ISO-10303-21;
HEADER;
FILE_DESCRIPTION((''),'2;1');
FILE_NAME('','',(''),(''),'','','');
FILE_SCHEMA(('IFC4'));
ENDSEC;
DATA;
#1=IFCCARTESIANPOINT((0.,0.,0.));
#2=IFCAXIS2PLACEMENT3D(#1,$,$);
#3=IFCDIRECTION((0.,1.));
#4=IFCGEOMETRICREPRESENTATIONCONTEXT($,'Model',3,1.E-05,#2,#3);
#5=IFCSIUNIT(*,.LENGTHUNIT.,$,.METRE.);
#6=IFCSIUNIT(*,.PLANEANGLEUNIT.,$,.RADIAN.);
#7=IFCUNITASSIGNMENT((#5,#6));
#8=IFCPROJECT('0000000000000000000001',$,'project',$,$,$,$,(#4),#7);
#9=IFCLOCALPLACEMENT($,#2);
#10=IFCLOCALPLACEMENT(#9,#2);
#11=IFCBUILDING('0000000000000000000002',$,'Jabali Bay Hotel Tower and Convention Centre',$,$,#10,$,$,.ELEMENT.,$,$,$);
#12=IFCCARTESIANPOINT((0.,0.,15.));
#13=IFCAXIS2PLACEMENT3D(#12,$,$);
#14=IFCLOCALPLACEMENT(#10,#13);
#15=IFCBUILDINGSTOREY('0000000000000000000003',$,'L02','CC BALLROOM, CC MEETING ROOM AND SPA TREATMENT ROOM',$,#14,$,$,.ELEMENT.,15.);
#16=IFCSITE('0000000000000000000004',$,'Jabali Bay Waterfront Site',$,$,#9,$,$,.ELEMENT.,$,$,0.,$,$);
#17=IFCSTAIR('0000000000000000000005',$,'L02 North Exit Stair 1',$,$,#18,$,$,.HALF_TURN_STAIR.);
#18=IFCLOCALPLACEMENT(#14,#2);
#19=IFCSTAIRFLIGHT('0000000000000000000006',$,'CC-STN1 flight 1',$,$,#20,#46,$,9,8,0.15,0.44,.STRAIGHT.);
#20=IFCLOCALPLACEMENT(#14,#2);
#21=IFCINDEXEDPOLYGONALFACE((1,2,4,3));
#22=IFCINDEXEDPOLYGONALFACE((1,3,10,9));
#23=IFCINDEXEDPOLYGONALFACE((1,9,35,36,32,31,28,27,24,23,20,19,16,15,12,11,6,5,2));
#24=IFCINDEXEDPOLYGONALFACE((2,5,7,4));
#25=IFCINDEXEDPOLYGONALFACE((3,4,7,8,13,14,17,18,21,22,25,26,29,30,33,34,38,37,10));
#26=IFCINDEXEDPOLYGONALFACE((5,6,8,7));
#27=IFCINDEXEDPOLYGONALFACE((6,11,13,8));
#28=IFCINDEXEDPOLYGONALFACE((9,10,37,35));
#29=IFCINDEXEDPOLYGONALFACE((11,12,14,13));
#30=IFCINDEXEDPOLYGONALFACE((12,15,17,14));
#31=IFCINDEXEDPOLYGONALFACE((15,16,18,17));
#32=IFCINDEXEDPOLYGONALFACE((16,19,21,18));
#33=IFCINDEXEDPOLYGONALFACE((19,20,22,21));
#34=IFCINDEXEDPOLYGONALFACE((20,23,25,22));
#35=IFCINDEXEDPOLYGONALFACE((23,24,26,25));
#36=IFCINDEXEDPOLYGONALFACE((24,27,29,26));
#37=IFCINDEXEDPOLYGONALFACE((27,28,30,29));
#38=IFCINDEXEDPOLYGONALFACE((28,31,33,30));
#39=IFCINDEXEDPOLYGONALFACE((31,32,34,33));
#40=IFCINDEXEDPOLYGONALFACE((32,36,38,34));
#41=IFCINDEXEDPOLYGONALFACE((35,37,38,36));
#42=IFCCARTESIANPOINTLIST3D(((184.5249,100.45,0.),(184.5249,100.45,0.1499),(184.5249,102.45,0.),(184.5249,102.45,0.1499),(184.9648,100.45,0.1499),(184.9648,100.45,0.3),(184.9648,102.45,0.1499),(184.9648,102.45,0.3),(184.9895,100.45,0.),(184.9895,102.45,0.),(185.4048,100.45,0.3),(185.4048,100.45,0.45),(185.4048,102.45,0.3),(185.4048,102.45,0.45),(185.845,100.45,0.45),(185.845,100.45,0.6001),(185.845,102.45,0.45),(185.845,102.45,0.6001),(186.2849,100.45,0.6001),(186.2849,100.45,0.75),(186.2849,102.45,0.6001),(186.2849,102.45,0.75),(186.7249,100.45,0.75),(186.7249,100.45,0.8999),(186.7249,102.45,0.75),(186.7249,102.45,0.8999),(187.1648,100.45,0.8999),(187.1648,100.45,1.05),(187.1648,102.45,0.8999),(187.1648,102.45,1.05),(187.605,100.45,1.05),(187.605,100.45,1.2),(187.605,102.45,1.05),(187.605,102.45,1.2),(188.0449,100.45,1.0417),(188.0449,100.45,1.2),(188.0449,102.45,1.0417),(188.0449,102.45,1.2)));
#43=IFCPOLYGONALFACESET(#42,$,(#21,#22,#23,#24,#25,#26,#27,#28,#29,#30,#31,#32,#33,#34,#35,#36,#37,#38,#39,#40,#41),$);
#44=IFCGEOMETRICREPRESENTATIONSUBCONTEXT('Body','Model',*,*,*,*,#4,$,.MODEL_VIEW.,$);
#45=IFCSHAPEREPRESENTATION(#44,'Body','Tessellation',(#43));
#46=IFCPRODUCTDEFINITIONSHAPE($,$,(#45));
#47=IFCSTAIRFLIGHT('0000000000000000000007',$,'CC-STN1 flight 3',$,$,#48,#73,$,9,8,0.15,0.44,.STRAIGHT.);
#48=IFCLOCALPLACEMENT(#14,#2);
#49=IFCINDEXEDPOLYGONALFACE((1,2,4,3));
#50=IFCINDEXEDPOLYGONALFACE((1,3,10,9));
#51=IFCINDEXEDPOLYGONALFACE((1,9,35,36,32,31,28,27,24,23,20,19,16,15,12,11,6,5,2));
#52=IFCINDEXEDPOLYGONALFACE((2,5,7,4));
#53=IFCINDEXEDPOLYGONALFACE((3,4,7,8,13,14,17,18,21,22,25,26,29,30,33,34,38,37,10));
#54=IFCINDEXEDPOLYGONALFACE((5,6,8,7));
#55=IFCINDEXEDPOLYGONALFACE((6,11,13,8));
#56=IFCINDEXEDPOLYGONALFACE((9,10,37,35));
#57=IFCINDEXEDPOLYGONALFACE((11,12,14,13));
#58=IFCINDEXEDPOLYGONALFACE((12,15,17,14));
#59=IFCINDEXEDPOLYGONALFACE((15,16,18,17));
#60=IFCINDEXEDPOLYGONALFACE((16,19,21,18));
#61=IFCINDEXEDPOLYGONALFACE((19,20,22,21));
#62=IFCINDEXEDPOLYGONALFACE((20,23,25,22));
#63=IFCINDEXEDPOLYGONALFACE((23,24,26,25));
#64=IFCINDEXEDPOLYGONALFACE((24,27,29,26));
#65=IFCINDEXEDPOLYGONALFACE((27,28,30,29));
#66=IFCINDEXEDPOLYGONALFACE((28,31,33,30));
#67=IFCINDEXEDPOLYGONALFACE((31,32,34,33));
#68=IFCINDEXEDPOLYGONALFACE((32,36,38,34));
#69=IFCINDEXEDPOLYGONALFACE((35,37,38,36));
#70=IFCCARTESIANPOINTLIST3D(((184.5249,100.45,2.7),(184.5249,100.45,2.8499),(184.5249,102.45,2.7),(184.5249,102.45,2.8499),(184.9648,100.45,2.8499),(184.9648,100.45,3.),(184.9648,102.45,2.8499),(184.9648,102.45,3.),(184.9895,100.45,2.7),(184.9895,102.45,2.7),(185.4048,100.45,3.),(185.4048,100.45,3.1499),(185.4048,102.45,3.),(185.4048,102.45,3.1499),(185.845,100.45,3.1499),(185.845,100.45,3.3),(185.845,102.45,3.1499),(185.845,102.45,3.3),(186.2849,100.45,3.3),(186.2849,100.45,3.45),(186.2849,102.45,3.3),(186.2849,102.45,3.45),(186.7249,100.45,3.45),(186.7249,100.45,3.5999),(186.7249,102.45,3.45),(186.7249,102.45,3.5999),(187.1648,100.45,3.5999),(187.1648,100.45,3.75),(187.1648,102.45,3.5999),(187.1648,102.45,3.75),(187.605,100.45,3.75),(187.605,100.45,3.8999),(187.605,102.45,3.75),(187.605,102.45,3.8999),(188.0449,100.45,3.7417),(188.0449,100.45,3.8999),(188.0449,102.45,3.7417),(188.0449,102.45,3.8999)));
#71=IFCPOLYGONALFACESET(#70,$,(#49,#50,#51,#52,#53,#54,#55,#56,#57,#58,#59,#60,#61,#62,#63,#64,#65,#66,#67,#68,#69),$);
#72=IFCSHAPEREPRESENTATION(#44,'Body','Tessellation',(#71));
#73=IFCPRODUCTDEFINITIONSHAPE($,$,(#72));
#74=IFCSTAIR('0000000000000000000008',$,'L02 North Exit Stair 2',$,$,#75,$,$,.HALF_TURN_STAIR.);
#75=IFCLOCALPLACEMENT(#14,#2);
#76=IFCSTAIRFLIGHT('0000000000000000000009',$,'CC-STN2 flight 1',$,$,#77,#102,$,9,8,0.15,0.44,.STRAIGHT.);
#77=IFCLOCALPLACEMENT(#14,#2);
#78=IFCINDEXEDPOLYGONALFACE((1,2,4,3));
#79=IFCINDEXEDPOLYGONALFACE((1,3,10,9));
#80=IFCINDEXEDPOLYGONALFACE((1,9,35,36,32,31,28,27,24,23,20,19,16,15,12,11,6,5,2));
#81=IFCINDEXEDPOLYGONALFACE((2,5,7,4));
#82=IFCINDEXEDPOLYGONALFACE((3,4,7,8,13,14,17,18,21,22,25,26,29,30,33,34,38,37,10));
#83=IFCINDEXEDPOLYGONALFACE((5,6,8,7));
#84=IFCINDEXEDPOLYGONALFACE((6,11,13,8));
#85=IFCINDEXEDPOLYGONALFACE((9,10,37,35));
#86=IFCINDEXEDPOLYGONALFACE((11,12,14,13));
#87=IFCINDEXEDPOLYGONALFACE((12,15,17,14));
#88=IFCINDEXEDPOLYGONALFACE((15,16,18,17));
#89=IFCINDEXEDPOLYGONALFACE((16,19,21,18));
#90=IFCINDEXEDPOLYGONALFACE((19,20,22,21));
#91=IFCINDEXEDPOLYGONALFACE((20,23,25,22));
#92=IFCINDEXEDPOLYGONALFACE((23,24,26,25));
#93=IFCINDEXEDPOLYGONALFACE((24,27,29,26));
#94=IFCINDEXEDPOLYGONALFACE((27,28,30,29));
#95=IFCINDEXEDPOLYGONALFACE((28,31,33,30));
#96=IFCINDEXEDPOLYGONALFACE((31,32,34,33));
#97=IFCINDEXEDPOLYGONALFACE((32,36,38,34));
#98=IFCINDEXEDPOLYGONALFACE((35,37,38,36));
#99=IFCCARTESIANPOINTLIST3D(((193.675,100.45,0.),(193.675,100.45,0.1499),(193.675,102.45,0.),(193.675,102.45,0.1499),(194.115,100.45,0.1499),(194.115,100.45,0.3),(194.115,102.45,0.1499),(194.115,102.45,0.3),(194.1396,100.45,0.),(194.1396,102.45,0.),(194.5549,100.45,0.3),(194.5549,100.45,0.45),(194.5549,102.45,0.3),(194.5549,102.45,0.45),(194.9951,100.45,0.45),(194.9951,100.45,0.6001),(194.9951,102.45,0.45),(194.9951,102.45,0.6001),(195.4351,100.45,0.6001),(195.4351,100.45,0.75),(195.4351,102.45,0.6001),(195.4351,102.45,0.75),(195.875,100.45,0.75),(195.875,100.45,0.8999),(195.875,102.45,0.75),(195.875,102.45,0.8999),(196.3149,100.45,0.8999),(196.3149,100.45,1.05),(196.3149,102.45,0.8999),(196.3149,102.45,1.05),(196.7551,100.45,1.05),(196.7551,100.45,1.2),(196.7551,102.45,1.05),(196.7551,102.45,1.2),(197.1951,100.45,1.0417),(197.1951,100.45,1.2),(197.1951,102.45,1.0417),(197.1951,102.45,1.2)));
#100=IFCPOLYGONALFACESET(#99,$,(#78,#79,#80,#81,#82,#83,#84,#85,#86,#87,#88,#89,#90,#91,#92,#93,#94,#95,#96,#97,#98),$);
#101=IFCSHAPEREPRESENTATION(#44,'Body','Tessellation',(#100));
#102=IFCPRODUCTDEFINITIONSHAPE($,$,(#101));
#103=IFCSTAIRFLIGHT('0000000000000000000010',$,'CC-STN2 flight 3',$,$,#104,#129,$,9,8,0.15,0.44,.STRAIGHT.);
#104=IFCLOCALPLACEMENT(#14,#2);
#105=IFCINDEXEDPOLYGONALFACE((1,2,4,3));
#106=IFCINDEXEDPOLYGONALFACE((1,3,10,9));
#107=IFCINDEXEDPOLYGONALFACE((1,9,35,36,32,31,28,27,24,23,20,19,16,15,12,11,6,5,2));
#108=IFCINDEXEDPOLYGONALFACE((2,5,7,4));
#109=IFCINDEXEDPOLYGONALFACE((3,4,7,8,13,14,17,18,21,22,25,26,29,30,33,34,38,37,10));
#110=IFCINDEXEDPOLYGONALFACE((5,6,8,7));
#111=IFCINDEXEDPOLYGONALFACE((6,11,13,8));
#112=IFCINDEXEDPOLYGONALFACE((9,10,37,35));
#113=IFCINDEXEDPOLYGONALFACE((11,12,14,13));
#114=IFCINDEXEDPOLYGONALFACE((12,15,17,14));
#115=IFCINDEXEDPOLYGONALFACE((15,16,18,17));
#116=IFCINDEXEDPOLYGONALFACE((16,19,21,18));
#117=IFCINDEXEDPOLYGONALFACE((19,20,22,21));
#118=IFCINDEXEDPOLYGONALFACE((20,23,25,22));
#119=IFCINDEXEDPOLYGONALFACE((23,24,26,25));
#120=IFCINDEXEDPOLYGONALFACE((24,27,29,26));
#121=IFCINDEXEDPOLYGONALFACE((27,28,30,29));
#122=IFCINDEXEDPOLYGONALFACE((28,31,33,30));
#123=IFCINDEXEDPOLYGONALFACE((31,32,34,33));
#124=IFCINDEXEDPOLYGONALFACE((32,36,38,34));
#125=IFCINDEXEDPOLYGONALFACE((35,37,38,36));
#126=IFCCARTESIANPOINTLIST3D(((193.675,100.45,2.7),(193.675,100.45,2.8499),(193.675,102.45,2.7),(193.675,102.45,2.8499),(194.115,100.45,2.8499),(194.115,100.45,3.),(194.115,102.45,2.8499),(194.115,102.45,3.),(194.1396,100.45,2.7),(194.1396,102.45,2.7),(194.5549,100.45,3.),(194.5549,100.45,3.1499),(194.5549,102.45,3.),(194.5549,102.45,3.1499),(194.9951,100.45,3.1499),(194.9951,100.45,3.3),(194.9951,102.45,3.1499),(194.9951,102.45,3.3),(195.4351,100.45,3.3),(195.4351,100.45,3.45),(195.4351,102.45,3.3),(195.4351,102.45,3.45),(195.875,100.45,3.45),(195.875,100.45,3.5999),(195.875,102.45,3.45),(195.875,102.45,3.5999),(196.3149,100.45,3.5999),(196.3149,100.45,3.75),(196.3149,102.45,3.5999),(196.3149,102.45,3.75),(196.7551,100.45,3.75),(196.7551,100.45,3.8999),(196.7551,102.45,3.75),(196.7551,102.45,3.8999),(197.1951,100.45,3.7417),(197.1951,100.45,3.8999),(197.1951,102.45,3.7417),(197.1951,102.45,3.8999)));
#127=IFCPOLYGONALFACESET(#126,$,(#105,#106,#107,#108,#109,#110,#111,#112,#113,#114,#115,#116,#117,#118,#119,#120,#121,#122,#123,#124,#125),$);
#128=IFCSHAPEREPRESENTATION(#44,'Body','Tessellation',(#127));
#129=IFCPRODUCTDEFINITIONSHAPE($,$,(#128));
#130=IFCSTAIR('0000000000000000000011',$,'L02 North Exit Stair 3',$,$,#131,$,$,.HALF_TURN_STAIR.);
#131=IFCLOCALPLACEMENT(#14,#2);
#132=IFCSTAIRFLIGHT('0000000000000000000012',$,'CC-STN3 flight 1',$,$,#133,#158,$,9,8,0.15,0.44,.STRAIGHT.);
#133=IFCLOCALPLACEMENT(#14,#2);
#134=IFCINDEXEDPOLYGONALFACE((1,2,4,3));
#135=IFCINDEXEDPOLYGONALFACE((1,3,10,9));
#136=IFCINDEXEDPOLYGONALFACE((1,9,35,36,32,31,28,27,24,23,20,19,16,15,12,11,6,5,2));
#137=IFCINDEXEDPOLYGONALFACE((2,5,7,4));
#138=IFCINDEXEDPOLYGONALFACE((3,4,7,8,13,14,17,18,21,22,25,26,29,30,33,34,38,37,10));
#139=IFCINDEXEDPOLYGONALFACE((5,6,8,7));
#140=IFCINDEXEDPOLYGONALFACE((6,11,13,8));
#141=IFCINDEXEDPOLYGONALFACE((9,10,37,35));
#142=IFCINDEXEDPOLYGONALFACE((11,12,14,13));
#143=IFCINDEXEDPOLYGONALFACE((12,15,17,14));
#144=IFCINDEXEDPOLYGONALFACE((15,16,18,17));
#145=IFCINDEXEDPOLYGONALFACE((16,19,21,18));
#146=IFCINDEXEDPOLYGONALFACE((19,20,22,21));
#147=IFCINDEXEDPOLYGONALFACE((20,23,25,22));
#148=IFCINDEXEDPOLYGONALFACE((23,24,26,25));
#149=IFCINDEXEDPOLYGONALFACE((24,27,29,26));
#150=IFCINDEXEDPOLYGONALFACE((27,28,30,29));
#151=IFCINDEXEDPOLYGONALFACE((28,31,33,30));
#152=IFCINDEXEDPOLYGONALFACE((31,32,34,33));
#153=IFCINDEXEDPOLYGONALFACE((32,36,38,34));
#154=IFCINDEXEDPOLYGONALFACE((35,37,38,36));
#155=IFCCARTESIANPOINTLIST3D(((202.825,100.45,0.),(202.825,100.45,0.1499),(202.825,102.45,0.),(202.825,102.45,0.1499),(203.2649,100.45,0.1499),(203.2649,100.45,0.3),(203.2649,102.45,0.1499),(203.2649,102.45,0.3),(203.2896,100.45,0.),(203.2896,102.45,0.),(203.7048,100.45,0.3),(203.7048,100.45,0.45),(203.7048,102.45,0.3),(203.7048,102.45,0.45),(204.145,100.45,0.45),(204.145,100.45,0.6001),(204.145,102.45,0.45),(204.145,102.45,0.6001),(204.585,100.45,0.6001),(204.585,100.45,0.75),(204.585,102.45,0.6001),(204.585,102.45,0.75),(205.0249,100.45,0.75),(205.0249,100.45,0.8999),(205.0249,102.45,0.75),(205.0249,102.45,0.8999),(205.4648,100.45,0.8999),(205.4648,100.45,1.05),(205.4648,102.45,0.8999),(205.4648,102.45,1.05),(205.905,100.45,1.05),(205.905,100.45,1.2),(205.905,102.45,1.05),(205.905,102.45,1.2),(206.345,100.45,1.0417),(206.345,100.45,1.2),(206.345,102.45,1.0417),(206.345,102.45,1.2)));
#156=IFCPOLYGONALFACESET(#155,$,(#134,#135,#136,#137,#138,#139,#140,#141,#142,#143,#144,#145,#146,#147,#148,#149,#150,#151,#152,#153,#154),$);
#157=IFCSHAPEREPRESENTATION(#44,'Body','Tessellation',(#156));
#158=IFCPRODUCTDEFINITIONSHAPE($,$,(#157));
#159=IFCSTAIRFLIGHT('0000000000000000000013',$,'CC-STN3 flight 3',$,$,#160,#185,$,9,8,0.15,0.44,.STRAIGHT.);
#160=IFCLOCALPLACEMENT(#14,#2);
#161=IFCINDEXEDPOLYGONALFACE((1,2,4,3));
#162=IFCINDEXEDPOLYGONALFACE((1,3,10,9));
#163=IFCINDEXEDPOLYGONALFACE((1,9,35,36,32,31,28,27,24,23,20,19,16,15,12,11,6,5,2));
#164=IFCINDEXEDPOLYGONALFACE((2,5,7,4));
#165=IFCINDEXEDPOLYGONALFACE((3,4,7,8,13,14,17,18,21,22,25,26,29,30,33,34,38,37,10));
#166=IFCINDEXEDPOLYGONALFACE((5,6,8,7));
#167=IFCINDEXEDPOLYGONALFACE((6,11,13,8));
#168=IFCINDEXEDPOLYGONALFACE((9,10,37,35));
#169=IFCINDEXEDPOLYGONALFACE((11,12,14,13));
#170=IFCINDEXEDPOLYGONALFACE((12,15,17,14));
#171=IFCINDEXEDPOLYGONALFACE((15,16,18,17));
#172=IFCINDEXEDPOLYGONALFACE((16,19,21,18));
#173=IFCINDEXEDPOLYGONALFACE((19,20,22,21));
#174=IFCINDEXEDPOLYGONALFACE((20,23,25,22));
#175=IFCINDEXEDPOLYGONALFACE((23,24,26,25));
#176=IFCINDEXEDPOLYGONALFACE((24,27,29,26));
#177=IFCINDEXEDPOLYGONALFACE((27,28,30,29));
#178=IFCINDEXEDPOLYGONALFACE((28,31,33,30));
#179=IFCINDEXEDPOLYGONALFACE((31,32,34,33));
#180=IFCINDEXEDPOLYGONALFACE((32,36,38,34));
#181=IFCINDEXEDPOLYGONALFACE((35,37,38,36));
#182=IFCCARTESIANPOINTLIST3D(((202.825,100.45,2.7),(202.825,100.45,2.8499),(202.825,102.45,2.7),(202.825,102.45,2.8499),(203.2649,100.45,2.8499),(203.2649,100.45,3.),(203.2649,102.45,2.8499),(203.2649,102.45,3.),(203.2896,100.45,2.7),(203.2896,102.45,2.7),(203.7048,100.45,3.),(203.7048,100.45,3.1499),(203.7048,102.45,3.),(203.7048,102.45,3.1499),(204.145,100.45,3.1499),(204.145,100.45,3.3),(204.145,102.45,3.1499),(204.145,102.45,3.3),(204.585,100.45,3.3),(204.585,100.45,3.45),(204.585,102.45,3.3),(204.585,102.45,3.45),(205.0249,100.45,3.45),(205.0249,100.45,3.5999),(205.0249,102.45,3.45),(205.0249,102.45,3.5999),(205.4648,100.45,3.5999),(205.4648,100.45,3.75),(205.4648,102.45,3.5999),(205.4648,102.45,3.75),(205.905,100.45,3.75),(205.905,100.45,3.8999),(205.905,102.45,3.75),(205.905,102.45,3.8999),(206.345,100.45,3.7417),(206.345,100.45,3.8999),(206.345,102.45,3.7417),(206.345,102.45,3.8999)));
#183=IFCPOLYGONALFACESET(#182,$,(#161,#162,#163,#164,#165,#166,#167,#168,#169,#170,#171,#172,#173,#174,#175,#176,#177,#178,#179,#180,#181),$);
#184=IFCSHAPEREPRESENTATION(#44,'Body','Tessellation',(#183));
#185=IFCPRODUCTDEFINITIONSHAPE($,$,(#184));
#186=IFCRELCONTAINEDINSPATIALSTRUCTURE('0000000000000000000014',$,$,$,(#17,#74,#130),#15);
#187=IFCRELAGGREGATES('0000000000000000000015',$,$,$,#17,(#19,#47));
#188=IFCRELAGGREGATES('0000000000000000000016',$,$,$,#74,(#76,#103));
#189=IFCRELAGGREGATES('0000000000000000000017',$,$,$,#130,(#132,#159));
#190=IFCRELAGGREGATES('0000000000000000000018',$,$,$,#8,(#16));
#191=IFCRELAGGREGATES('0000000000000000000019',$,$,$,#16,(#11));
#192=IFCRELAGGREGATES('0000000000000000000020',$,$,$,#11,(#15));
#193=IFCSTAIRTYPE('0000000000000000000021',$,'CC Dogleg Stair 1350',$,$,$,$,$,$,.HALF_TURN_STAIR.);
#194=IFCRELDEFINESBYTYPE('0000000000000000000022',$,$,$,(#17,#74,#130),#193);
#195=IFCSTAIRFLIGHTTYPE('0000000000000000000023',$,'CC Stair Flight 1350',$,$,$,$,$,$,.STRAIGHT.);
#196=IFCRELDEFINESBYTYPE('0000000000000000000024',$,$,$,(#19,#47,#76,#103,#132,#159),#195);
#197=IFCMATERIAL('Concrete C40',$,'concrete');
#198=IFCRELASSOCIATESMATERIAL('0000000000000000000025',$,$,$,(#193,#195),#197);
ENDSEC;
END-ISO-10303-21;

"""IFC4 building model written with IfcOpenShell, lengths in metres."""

from ifc_helpers import new_model, si_unit, direction, frame, origin, place, context, subcontext, project, spatial, polyline, outline, extrude, material, type_object, element, aggregate, save


model = new_model("IFC4")

# Units and contexts
model_context = context("Model", 3, precision=1e-05, world=origin(), true_north=direction((0.0, 1.0)))
body_context = subcontext(model_context, "Body", "Model", "MODEL_VIEW")
ifc_project = project(units=[si_unit("LENGTHUNIT", "METRE"), si_unit("PLANEANGLEUNIT", "RADIAN")], contexts=[model_context])

# Site, building, storey
site_placement = place(None, origin())
site = spatial("IfcSite", under=ifc_project, at=site_placement, Name="Jabali Bay Waterfront Site", CompositionType="ELEMENT", RefElevation=0.0)
building_placement = place(site_placement, origin())
building = spatial("IfcBuilding", under=site, at=building_placement, Name="Jabali Bay Hotel Tower and Convention Centre", CompositionType="ELEMENT")
storey_placement = place(building_placement, frame((0.0, 0.0, 15.0)))
storey = spatial("IfcBuildingStorey", under=building, at=storey_placement, Name="L02", Description="CC BALLROOM, CC MEETING ROOM AND SPA TREATMENT ROOM", CompositionType="ELEMENT", Elevation=15.0)

# Shared definitions
ifc_material_1 = material(Name="Concrete C40", Category="concrete")

# Stairs, stair flights
stair_type = type_object("IfcStairType", Name="CC Dogleg Stair 1350", PredefinedType="HALF_TURN_STAIR", material=ifc_material_1)
stair_1_placement = place(storey_placement, origin())
stair_1 = element("IfcStair", 1, at=stair_1_placement, inside=storey, type_object=stair_type, Name="L02 North Exit Stair 1", PredefinedType="HALF_TURN_STAIR")
stair_flight_type = type_object("IfcStairFlightType", Name="CC Stair Flight 1350", PredefinedType="STRAIGHT", material=ifc_material_1)
stair_flight_1_placement = place(storey_placement, frame((184.5249, 101.45, 0.0), z_axis=(0.0, 0.0, 1.0), x_axis=(1.0, 0.0, 0.0)))
stair_flight_1 = element("IfcStairFlight", 2, at=stair_flight_1_placement, type_object=stair_flight_type, Name="CC-STN1 flight 1", NumberOfRisers=9, NumberOfTreads=8, PredefinedType="STRAIGHT", RiserHeight=0.15, TreadLength=0.44, context=body_context, shape_type="SweptSolid", body=[
    extrude(outline(polyline([(0.0, 0.0), (0.0, 0.1499), (0.4399, 0.1499), (0.4399, 0.3), (0.8799, 0.3), (0.8799, 0.45), (1.3201, 0.45), (1.3201, 0.6001), (1.76, 0.6001), (1.76, 0.75), (2.2, 0.75), (2.2, 0.8999), (2.6399, 0.8999), (2.6399, 1.05), (3.0801, 1.05), (3.0801, 1.2), (3.52, 1.2), (3.52, 1.3501), (3.52, 1.0417), (0.4646, 0.0), (0.0, 0.0)])), frame((0.0, 1.0, 0.0), z_axis=(0.0, -1.0, 0.0), x_axis=(1.0, 0.0, 0.0)), (0.0, 0.0, 1.0), 2.0),
])
stair_flight_2_placement = place(storey_placement, frame((184.5249, 101.45, 2.7), z_axis=(0.0, 0.0, 1.0), x_axis=(1.0, 0.0, 0.0)))
stair_flight_2 = element("IfcStairFlight", 3, at=stair_flight_2_placement, type_object=stair_flight_type, Name="CC-STN1 flight 3", NumberOfRisers=9, NumberOfTreads=8, PredefinedType="STRAIGHT", RiserHeight=0.15, TreadLength=0.44, context=body_context, shape_type="SweptSolid", body=[
    extrude(outline(polyline([(0.0, 0.0), (0.0, 0.1499), (0.4399, 0.1499), (0.4399, 0.3), (0.8799, 0.3), (0.8799, 0.45), (1.3201, 0.45), (1.3201, 0.6001), (1.76, 0.6001), (1.76, 0.75), (2.2, 0.75), (2.2, 0.8999), (2.6399, 0.8999), (2.6399, 1.05), (3.0801, 1.05), (3.0801, 1.2), (3.52, 1.2), (3.52, 1.3501), (3.52, 1.0417), (0.4646, 0.0), (0.0, 0.0)])), frame((0.0, 1.0, 0.0), z_axis=(0.0, -1.0, 0.0), x_axis=(1.0, 0.0, 0.0)), (0.0, 0.0, 1.0), 2.0),
])
aggregate(stair_1, [stair_flight_1, stair_flight_2])
stair_2_placement = place(storey_placement, origin())
stair_2 = element("IfcStair", 4, at=stair_2_placement, inside=storey, type_object=stair_type, Name="L02 North Exit Stair 2", PredefinedType="HALF_TURN_STAIR")
stair_flight_3_placement = place(storey_placement, frame((193.675, 101.45, 0.0), z_axis=(0.0, 0.0, 1.0), x_axis=(1.0, 0.0, 0.0)))
stair_flight_3 = element("IfcStairFlight", 5, at=stair_flight_3_placement, type_object=stair_flight_type, Name="CC-STN2 flight 1", NumberOfRisers=9, NumberOfTreads=8, PredefinedType="STRAIGHT", RiserHeight=0.15, TreadLength=0.44, context=body_context, shape_type="SweptSolid", body=[
    extrude(outline(polyline([(0.0, 0.0), (0.0, 0.1499), (0.4399, 0.1499), (0.4399, 0.3), (0.8799, 0.3), (0.8799, 0.45), (1.3201, 0.45), (1.3201, 0.6001), (1.76, 0.6001), (1.76, 0.75), (2.2, 0.75), (2.2, 0.8999), (2.6399, 0.8999), (2.6399, 1.05), (3.0801, 1.05), (3.0801, 1.2), (3.52, 1.2), (3.52, 1.3501), (3.52, 1.0417), (0.4646, 0.0), (0.0, 0.0)])), frame((0.0, 1.0, 0.0), z_axis=(0.0, -1.0, 0.0), x_axis=(1.0, 0.0, 0.0)), (0.0, 0.0, 1.0), 2.0),
])
stair_flight_4_placement = place(storey_placement, frame((193.675, 101.45, 2.7), z_axis=(0.0, 0.0, 1.0), x_axis=(1.0, 0.0, 0.0)))
stair_flight_4 = element("IfcStairFlight", 6, at=stair_flight_4_placement, type_object=stair_flight_type, Name="CC-STN2 flight 3", NumberOfRisers=9, NumberOfTreads=8, PredefinedType="STRAIGHT", RiserHeight=0.15, TreadLength=0.44, context=body_context, shape_type="SweptSolid", body=[
    extrude(outline(polyline([(0.0, 0.0), (0.0, 0.1499), (0.4399, 0.1499), (0.4399, 0.3), (0.8799, 0.3), (0.8799, 0.45), (1.3201, 0.45), (1.3201, 0.6001), (1.76, 0.6001), (1.76, 0.75), (2.2, 0.75), (2.2, 0.8999), (2.6399, 0.8999), (2.6399, 1.05), (3.0801, 1.05), (3.0801, 1.2), (3.52, 1.2), (3.52, 1.3501), (3.52, 1.0417), (0.4646, 0.0), (0.0, 0.0)])), frame((0.0, 1.0, 0.0), z_axis=(0.0, -1.0, 0.0), x_axis=(1.0, 0.0, 0.0)), (0.0, 0.0, 1.0), 2.0),
])
aggregate(stair_2, [stair_flight_3, stair_flight_4])
stair_3_placement = place(storey_placement, origin())
stair_3 = element("IfcStair", 7, at=stair_3_placement, inside=storey, type_object=stair_type, Name="L02 North Exit Stair 3", PredefinedType="HALF_TURN_STAIR")
stair_flight_5_placement = place(storey_placement, frame((202.825, 101.45, 0.0), z_axis=(0.0, 0.0, 1.0), x_axis=(1.0, 0.0, 0.0)))
stair_flight_5 = element("IfcStairFlight", 8, at=stair_flight_5_placement, type_object=stair_flight_type, Name="CC-STN3 flight 1", NumberOfRisers=9, NumberOfTreads=8, PredefinedType="STRAIGHT", RiserHeight=0.15, TreadLength=0.44, context=body_context, shape_type="SweptSolid", body=[
    extrude(outline(polyline([(0.0, 0.0), (0.0, 0.1499), (0.4399, 0.1499), (0.4399, 0.3), (0.8799, 0.3), (0.8799, 0.45), (1.3201, 0.45), (1.3201, 0.6001), (1.76, 0.6001), (1.76, 0.75), (2.2, 0.75), (2.2, 0.8999), (2.6399, 0.8999), (2.6399, 1.05), (3.0801, 1.05), (3.0801, 1.2), (3.52, 1.2), (3.52, 1.3501), (3.52, 1.0417), (0.4646, 0.0), (0.0, 0.0)])), frame((0.0, 1.0, 0.0), z_axis=(0.0, -1.0, 0.0), x_axis=(1.0, 0.0, 0.0)), (0.0, 0.0, 1.0), 2.0),
])
stair_flight_6_placement = place(storey_placement, frame((202.825, 101.45, 2.7), z_axis=(0.0, 0.0, 1.0), x_axis=(1.0, 0.0, 0.0)))
stair_flight_6 = element("IfcStairFlight", 9, at=stair_flight_6_placement, type_object=stair_flight_type, Name="CC-STN3 flight 3", NumberOfRisers=9, NumberOfTreads=8, PredefinedType="STRAIGHT", RiserHeight=0.15, TreadLength=0.44, context=body_context, shape_type="SweptSolid", body=[
    extrude(outline(polyline([(0.0, 0.0), (0.0, 0.1499), (0.4399, 0.1499), (0.4399, 0.3), (0.8799, 0.3), (0.8799, 0.45), (1.3201, 0.45), (1.3201, 0.6001), (1.76, 0.6001), (1.76, 0.75), (2.2, 0.75), (2.2, 0.8999), (2.6399, 0.8999), (2.6399, 1.05), (3.0801, 1.05), (3.0801, 1.2), (3.52, 1.2), (3.52, 1.3501), (3.52, 1.0417), (0.4646, 0.0), (0.0, 0.0)])), frame((0.0, 1.0, 0.0), z_axis=(0.0, -1.0, 0.0), x_axis=(1.0, 0.0, 0.0)), (0.0, 0.0, 1.0), 2.0),
])
aggregate(stair_3, [stair_flight_5, stair_flight_6])

save(model, "model.ifc")
